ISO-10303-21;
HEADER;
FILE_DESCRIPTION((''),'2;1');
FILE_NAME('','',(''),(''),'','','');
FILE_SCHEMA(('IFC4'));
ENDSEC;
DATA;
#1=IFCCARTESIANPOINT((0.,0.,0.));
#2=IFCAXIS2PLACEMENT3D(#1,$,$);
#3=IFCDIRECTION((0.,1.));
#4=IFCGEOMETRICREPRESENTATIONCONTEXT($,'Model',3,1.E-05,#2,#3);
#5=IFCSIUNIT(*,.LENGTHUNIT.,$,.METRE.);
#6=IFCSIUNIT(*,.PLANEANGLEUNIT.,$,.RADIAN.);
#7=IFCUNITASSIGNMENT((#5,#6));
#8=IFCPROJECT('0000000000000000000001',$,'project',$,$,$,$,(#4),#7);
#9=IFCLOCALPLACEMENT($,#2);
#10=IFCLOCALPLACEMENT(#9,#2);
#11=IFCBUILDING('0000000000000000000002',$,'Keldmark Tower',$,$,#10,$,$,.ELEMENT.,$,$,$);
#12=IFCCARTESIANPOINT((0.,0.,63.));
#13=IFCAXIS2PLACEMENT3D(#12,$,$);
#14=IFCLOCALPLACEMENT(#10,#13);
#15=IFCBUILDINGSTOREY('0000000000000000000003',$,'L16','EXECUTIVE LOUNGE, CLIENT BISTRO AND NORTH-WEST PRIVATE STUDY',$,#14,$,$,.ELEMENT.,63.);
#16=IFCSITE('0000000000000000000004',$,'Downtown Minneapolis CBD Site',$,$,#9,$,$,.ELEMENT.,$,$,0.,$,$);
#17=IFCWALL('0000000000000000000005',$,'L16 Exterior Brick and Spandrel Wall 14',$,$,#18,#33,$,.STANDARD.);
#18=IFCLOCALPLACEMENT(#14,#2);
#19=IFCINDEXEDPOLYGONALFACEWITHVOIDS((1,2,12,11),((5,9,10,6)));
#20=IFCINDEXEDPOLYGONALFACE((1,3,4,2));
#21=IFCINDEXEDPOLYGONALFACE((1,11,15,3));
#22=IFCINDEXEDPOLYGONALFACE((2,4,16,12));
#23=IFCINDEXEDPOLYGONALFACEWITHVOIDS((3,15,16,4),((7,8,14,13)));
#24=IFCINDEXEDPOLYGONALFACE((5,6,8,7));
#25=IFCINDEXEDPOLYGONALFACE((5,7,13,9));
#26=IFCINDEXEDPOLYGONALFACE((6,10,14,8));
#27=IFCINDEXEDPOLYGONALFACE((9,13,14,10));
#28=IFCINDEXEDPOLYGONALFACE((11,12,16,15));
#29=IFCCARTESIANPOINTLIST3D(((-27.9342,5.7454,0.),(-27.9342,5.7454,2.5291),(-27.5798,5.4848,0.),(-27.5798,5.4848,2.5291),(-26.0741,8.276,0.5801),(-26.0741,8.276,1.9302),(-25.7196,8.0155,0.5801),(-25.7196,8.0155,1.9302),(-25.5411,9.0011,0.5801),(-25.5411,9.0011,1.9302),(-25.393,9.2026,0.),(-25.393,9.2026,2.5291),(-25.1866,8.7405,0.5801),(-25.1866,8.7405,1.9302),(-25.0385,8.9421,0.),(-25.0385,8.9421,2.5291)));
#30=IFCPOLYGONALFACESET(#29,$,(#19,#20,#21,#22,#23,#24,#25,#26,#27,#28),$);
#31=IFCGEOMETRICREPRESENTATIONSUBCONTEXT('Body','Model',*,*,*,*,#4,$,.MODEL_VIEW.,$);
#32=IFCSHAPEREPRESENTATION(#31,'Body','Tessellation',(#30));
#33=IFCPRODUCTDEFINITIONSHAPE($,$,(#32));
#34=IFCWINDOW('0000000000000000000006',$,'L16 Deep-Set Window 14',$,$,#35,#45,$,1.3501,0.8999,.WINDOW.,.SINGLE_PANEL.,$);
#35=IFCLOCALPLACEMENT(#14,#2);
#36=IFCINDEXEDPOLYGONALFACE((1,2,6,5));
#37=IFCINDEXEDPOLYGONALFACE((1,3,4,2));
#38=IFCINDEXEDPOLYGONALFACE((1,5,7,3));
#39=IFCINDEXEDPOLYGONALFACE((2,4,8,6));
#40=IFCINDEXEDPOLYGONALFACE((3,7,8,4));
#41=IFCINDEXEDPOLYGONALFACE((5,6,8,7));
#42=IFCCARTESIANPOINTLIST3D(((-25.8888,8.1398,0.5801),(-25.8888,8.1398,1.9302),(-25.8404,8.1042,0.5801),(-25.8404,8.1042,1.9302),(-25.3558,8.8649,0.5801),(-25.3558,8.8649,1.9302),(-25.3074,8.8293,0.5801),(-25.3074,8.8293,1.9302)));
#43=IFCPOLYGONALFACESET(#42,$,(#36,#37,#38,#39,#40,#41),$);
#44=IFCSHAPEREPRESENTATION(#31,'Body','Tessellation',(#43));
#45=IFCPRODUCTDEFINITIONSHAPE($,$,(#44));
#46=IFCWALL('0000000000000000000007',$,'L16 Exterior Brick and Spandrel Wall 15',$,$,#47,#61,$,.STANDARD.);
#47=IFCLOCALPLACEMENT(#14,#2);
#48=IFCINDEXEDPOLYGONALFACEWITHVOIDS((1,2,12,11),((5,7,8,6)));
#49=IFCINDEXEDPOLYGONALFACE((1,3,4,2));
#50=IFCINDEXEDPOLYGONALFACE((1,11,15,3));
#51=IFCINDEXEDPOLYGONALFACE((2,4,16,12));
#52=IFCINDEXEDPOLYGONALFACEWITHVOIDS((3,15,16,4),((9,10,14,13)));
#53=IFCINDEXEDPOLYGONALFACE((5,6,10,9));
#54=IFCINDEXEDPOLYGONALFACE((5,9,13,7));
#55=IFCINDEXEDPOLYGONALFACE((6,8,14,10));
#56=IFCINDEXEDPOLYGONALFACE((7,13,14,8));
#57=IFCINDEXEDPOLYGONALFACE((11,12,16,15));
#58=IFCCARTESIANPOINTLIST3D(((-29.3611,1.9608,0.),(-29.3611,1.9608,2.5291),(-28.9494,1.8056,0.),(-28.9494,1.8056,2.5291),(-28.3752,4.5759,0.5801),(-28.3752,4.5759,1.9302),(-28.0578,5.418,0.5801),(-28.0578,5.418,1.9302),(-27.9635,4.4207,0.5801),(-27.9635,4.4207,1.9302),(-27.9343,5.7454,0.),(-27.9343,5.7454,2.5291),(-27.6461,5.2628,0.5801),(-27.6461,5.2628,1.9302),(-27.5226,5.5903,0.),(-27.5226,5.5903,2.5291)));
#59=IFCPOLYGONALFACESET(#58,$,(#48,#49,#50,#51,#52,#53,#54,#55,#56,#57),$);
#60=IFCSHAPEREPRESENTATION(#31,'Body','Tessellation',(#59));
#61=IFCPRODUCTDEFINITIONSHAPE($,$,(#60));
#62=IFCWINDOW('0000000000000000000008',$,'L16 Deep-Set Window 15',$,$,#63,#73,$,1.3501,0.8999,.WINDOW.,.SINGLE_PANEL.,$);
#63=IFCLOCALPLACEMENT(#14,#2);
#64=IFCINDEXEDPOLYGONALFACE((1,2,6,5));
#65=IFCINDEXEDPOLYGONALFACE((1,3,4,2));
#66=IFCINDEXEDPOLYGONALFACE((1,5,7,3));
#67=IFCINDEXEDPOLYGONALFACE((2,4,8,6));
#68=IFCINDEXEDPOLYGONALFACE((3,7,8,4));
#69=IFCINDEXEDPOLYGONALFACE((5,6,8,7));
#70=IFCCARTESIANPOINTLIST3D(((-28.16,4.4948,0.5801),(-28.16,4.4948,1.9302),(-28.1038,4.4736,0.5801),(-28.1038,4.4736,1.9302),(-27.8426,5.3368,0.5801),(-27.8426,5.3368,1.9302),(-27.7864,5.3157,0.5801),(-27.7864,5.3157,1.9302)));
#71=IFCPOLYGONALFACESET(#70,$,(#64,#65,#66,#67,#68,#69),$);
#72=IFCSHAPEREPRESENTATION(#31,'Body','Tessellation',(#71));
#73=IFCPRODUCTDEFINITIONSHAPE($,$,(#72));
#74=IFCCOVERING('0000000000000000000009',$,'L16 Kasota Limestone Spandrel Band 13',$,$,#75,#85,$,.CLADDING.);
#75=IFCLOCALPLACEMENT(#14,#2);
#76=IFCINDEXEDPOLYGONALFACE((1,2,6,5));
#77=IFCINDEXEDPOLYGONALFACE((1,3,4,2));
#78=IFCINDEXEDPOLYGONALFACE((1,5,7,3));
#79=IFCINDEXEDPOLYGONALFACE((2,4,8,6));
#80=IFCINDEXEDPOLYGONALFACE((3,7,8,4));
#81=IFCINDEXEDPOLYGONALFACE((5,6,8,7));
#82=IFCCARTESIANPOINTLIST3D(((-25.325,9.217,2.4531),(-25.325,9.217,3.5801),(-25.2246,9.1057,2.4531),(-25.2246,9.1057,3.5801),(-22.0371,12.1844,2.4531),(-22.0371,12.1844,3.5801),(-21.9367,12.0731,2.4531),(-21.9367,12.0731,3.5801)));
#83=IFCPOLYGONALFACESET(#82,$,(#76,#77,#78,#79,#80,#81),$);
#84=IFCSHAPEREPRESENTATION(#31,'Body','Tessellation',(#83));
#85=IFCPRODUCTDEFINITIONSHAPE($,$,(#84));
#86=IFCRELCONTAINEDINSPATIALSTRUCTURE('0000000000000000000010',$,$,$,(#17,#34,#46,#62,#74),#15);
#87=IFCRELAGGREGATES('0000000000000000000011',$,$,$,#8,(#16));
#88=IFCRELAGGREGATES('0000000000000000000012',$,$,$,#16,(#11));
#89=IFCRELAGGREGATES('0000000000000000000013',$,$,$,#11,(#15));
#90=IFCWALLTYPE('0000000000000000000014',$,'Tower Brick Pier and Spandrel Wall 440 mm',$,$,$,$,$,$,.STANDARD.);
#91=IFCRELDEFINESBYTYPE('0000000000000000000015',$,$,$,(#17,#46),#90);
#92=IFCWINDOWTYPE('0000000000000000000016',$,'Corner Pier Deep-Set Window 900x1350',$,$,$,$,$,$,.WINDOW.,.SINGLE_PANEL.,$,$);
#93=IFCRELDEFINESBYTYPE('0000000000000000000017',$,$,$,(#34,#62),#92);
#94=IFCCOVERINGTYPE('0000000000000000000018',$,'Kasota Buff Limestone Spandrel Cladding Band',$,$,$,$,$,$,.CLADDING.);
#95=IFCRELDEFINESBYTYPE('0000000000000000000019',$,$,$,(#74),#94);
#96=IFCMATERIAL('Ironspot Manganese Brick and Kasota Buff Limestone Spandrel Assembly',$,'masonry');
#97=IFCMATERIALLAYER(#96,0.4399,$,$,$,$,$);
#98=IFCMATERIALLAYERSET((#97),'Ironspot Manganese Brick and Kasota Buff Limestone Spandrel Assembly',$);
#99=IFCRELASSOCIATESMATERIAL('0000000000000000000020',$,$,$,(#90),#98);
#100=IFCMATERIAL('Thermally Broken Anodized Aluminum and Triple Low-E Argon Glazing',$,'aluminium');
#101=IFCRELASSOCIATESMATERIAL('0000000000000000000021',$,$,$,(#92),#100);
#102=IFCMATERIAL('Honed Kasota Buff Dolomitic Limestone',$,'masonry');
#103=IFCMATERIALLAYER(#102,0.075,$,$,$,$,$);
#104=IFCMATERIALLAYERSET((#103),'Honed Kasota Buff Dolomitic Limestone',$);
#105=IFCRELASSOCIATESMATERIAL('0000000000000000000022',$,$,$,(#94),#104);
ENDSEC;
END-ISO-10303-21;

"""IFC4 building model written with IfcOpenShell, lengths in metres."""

from ifc_helpers import new_model, si_unit, direction, frame, frame_2d, origin, origin_2d, place, context, subcontext, project, spatial, rectangle, extrude, material, layer, layer_set, type_object, element, fill, save


model = new_model("IFC4")

# Units and contexts
model_context = context("Model", 3, precision=1e-05, world=origin(), true_north=direction((0.0, 1.0)))
body_context = subcontext(model_context, "Body", "Model", "MODEL_VIEW")
ifc_project = project(units=[si_unit("LENGTHUNIT", "METRE"), si_unit("PLANEANGLEUNIT", "RADIAN")], contexts=[model_context])

# Site, building, storey
site_placement = place(None, origin())
site = spatial("IfcSite", under=ifc_project, at=site_placement, Name="Downtown Minneapolis CBD Site", CompositionType="ELEMENT", RefElevation=0.0)
building_placement = place(site_placement, origin())
building = spatial("IfcBuilding", under=site, at=building_placement, Name="Keldmark Tower", CompositionType="ELEMENT")
storey_placement = place(building_placement, frame((0.0, 0.0, 63.0)))
storey = spatial("IfcBuildingStorey", under=building, at=storey_placement, Name="L16", Description="EXECUTIVE LOUNGE, CLIENT BISTRO AND NORTH-WEST PRIVATE STUDY", CompositionType="ELEMENT", Elevation=63.0)

# Walls, openings, windows
ifc_material_1 = material(Name="Ironspot Manganese Brick and Kasota Buff Limestone Spandrel Assembly", Category="masonry")
ifc_layer_1 = layer(ifc_material_1, 0.4399)
ifc_layer_set_1 = layer_set([ifc_layer_1], Name="Ironspot Manganese Brick and Kasota Buff Limestone Spandrel Assembly")
wall_type_1 = type_object("IfcWallType", Name="Tower Brick Pier and Spandrel Wall 440 mm", PredefinedType="STANDARD", material=ifc_layer_set_1)
ifc_material_2 = material(Name="Thermally Broken Anodized Aluminum and Triple Low-E Argon Glazing", Category="aluminium")
window_type = type_object("IfcWindowType", Name="Corner Pier Deep-Set Window 900x1350", PartitioningType="SINGLE_PANEL", PredefinedType="WINDOW", material=ifc_material_2)
wall_1_placement = place(storey_placement, frame((-27.7571, 5.615, 0.0), z_axis=(0.0, 0.0, 1.0), x_axis=(0.592261, 0.805746, 0.0)))
wall_1 = element("IfcWall", 1, at=wall_1_placement, inside=storey, type_object=wall_type_1, Name="L16 Exterior Brick and Spandrel Wall 14", PredefinedType="STANDARD", context=body_context, shape_type="SweptSolid", body=[
    extrude(rectangle(XDim=4.2908, YDim=0.4399, at=frame_2d((2.1455, 0.0))), origin(), (0.0, 0.0, 1.0), 2.5291),
])
opening_1_placement = place(wall_1_placement, frame((3.1409, 0.0, 0.5801)))
opening_1 = element("IfcOpeningElement", 2, at=opening_1_placement, cuts=wall_1, PredefinedType="OPENING", context=body_context, shape_type="SweptSolid", body=[
    extrude(rectangle(XDim=0.8999, YDim=1.3501, at=frame_2d((0.45, 0.675))), frame((0.0, 0.23, 0.0), z_axis=(0.0, -1.0, 0.0), x_axis=(1.0, 0.0, 0.0)), (0.0, 0.0, 1.0), 0.46),
])
window_1_placement = place(opening_1_placement, origin())
window_1 = element("IfcWindow", 3, at=window_1_placement, inside=storey, type_object=window_type, Name="L16 Deep-Set Window 14", OverallHeight=1.3501, OverallWidth=0.8999, PartitioningType="SINGLE_PANEL", PredefinedType="WINDOW", context=body_context, shape_type="SweptSolid", body=[
    extrude(rectangle(XDim=0.8999, YDim=1.3501, at=frame_2d((0.45, 0.675))), frame((0.0, -0.01, 0.0), z_axis=(0.0, -1.0, 0.0), x_axis=(1.0, 0.0, 0.0)), (0.0, 0.0, 1.0), 0.0601),
])
fill(opening_1, window_1)
wall_2_placement = place(storey_placement, frame((-29.1553, 1.8831, 0.0), z_axis=(0.0, 0.0, 1.0), x_axis=(0.35275, 0.935718, 0.0)))
wall_2 = element("IfcWall", 4, at=wall_2_placement, inside=storey, type_object=wall_type_1, Name="L16 Exterior Brick and Spandrel Wall 15", PredefinedType="STANDARD", context=body_context, shape_type="SweptSolid", body=[
    extrude(rectangle(XDim=4.0447, YDim=0.4399, at=frame_2d((2.0225, 0.0))), origin(), (0.0, 0.0, 1.0), 2.5291),
])
opening_2_placement = place(wall_2_placement, frame((2.7949, 0.0, 0.5801)))
opening_2 = element("IfcOpeningElement", 5, at=opening_2_placement, cuts=wall_2, PredefinedType="OPENING", context=body_context, shape_type="SweptSolid", body=[
    extrude(rectangle(XDim=0.8999, YDim=1.3501, at=frame_2d((0.45, 0.675))), frame((0.0, 0.23, 0.0), z_axis=(0.0, -1.0, 0.0), x_axis=(1.0, 0.0, 0.0)), (0.0, 0.0, 1.0), 0.46),
])
window_2_placement = place(opening_2_placement, origin())
window_2 = element("IfcWindow", 6, at=window_2_placement, inside=storey, type_object=window_type, Name="L16 Deep-Set Window 15", OverallHeight=1.3501, OverallWidth=0.8999, PartitioningType="SINGLE_PANEL", PredefinedType="WINDOW", context=body_context, shape_type="SweptSolid", body=[
    extrude(rectangle(XDim=0.8999, YDim=1.3501, at=frame_2d((0.45, 0.675))), frame((0.0, -0.01, 0.0), z_axis=(0.0, -1.0, 0.0), x_axis=(1.0, 0.0, 0.0)), (0.0, 0.0, 1.0), 0.0601),
])
fill(opening_2, window_2)

# Covering
ifc_material_3 = material(Name="Honed Kasota Buff Dolomitic Limestone", Category="masonry")
ifc_layer_2 = layer(ifc_material_3, 0.075)
ifc_layer_set_2 = layer_set([ifc_layer_2], Name="Honed Kasota Buff Dolomitic Limestone")
covering_type = type_object("IfcCoveringType", Name="Kasota Buff Limestone Spandrel Cladding Band", PredefinedType="CLADDING", material=ifc_layer_set_2)
covering_placement = place(storey_placement, frame((-23.6309, 10.645, 2.4531), z_axis=(0.0, 0.0, 1.0), x_axis=(-0.742362, -0.669999, 0.0)))
element("IfcCovering", 7, at=covering_placement, inside=storey, type_object=covering_type, Name="L16 Kasota Limestone Spandrel Band 13", PredefinedType="CLADDING", context=body_context, shape_type="SweptSolid", body=[
    extrude(rectangle(XDim=4.429, YDim=0.1499, at=origin_2d()), origin(), (0.0, 0.0, 1.0), 1.127),
])

save(model, "model.ifc")
